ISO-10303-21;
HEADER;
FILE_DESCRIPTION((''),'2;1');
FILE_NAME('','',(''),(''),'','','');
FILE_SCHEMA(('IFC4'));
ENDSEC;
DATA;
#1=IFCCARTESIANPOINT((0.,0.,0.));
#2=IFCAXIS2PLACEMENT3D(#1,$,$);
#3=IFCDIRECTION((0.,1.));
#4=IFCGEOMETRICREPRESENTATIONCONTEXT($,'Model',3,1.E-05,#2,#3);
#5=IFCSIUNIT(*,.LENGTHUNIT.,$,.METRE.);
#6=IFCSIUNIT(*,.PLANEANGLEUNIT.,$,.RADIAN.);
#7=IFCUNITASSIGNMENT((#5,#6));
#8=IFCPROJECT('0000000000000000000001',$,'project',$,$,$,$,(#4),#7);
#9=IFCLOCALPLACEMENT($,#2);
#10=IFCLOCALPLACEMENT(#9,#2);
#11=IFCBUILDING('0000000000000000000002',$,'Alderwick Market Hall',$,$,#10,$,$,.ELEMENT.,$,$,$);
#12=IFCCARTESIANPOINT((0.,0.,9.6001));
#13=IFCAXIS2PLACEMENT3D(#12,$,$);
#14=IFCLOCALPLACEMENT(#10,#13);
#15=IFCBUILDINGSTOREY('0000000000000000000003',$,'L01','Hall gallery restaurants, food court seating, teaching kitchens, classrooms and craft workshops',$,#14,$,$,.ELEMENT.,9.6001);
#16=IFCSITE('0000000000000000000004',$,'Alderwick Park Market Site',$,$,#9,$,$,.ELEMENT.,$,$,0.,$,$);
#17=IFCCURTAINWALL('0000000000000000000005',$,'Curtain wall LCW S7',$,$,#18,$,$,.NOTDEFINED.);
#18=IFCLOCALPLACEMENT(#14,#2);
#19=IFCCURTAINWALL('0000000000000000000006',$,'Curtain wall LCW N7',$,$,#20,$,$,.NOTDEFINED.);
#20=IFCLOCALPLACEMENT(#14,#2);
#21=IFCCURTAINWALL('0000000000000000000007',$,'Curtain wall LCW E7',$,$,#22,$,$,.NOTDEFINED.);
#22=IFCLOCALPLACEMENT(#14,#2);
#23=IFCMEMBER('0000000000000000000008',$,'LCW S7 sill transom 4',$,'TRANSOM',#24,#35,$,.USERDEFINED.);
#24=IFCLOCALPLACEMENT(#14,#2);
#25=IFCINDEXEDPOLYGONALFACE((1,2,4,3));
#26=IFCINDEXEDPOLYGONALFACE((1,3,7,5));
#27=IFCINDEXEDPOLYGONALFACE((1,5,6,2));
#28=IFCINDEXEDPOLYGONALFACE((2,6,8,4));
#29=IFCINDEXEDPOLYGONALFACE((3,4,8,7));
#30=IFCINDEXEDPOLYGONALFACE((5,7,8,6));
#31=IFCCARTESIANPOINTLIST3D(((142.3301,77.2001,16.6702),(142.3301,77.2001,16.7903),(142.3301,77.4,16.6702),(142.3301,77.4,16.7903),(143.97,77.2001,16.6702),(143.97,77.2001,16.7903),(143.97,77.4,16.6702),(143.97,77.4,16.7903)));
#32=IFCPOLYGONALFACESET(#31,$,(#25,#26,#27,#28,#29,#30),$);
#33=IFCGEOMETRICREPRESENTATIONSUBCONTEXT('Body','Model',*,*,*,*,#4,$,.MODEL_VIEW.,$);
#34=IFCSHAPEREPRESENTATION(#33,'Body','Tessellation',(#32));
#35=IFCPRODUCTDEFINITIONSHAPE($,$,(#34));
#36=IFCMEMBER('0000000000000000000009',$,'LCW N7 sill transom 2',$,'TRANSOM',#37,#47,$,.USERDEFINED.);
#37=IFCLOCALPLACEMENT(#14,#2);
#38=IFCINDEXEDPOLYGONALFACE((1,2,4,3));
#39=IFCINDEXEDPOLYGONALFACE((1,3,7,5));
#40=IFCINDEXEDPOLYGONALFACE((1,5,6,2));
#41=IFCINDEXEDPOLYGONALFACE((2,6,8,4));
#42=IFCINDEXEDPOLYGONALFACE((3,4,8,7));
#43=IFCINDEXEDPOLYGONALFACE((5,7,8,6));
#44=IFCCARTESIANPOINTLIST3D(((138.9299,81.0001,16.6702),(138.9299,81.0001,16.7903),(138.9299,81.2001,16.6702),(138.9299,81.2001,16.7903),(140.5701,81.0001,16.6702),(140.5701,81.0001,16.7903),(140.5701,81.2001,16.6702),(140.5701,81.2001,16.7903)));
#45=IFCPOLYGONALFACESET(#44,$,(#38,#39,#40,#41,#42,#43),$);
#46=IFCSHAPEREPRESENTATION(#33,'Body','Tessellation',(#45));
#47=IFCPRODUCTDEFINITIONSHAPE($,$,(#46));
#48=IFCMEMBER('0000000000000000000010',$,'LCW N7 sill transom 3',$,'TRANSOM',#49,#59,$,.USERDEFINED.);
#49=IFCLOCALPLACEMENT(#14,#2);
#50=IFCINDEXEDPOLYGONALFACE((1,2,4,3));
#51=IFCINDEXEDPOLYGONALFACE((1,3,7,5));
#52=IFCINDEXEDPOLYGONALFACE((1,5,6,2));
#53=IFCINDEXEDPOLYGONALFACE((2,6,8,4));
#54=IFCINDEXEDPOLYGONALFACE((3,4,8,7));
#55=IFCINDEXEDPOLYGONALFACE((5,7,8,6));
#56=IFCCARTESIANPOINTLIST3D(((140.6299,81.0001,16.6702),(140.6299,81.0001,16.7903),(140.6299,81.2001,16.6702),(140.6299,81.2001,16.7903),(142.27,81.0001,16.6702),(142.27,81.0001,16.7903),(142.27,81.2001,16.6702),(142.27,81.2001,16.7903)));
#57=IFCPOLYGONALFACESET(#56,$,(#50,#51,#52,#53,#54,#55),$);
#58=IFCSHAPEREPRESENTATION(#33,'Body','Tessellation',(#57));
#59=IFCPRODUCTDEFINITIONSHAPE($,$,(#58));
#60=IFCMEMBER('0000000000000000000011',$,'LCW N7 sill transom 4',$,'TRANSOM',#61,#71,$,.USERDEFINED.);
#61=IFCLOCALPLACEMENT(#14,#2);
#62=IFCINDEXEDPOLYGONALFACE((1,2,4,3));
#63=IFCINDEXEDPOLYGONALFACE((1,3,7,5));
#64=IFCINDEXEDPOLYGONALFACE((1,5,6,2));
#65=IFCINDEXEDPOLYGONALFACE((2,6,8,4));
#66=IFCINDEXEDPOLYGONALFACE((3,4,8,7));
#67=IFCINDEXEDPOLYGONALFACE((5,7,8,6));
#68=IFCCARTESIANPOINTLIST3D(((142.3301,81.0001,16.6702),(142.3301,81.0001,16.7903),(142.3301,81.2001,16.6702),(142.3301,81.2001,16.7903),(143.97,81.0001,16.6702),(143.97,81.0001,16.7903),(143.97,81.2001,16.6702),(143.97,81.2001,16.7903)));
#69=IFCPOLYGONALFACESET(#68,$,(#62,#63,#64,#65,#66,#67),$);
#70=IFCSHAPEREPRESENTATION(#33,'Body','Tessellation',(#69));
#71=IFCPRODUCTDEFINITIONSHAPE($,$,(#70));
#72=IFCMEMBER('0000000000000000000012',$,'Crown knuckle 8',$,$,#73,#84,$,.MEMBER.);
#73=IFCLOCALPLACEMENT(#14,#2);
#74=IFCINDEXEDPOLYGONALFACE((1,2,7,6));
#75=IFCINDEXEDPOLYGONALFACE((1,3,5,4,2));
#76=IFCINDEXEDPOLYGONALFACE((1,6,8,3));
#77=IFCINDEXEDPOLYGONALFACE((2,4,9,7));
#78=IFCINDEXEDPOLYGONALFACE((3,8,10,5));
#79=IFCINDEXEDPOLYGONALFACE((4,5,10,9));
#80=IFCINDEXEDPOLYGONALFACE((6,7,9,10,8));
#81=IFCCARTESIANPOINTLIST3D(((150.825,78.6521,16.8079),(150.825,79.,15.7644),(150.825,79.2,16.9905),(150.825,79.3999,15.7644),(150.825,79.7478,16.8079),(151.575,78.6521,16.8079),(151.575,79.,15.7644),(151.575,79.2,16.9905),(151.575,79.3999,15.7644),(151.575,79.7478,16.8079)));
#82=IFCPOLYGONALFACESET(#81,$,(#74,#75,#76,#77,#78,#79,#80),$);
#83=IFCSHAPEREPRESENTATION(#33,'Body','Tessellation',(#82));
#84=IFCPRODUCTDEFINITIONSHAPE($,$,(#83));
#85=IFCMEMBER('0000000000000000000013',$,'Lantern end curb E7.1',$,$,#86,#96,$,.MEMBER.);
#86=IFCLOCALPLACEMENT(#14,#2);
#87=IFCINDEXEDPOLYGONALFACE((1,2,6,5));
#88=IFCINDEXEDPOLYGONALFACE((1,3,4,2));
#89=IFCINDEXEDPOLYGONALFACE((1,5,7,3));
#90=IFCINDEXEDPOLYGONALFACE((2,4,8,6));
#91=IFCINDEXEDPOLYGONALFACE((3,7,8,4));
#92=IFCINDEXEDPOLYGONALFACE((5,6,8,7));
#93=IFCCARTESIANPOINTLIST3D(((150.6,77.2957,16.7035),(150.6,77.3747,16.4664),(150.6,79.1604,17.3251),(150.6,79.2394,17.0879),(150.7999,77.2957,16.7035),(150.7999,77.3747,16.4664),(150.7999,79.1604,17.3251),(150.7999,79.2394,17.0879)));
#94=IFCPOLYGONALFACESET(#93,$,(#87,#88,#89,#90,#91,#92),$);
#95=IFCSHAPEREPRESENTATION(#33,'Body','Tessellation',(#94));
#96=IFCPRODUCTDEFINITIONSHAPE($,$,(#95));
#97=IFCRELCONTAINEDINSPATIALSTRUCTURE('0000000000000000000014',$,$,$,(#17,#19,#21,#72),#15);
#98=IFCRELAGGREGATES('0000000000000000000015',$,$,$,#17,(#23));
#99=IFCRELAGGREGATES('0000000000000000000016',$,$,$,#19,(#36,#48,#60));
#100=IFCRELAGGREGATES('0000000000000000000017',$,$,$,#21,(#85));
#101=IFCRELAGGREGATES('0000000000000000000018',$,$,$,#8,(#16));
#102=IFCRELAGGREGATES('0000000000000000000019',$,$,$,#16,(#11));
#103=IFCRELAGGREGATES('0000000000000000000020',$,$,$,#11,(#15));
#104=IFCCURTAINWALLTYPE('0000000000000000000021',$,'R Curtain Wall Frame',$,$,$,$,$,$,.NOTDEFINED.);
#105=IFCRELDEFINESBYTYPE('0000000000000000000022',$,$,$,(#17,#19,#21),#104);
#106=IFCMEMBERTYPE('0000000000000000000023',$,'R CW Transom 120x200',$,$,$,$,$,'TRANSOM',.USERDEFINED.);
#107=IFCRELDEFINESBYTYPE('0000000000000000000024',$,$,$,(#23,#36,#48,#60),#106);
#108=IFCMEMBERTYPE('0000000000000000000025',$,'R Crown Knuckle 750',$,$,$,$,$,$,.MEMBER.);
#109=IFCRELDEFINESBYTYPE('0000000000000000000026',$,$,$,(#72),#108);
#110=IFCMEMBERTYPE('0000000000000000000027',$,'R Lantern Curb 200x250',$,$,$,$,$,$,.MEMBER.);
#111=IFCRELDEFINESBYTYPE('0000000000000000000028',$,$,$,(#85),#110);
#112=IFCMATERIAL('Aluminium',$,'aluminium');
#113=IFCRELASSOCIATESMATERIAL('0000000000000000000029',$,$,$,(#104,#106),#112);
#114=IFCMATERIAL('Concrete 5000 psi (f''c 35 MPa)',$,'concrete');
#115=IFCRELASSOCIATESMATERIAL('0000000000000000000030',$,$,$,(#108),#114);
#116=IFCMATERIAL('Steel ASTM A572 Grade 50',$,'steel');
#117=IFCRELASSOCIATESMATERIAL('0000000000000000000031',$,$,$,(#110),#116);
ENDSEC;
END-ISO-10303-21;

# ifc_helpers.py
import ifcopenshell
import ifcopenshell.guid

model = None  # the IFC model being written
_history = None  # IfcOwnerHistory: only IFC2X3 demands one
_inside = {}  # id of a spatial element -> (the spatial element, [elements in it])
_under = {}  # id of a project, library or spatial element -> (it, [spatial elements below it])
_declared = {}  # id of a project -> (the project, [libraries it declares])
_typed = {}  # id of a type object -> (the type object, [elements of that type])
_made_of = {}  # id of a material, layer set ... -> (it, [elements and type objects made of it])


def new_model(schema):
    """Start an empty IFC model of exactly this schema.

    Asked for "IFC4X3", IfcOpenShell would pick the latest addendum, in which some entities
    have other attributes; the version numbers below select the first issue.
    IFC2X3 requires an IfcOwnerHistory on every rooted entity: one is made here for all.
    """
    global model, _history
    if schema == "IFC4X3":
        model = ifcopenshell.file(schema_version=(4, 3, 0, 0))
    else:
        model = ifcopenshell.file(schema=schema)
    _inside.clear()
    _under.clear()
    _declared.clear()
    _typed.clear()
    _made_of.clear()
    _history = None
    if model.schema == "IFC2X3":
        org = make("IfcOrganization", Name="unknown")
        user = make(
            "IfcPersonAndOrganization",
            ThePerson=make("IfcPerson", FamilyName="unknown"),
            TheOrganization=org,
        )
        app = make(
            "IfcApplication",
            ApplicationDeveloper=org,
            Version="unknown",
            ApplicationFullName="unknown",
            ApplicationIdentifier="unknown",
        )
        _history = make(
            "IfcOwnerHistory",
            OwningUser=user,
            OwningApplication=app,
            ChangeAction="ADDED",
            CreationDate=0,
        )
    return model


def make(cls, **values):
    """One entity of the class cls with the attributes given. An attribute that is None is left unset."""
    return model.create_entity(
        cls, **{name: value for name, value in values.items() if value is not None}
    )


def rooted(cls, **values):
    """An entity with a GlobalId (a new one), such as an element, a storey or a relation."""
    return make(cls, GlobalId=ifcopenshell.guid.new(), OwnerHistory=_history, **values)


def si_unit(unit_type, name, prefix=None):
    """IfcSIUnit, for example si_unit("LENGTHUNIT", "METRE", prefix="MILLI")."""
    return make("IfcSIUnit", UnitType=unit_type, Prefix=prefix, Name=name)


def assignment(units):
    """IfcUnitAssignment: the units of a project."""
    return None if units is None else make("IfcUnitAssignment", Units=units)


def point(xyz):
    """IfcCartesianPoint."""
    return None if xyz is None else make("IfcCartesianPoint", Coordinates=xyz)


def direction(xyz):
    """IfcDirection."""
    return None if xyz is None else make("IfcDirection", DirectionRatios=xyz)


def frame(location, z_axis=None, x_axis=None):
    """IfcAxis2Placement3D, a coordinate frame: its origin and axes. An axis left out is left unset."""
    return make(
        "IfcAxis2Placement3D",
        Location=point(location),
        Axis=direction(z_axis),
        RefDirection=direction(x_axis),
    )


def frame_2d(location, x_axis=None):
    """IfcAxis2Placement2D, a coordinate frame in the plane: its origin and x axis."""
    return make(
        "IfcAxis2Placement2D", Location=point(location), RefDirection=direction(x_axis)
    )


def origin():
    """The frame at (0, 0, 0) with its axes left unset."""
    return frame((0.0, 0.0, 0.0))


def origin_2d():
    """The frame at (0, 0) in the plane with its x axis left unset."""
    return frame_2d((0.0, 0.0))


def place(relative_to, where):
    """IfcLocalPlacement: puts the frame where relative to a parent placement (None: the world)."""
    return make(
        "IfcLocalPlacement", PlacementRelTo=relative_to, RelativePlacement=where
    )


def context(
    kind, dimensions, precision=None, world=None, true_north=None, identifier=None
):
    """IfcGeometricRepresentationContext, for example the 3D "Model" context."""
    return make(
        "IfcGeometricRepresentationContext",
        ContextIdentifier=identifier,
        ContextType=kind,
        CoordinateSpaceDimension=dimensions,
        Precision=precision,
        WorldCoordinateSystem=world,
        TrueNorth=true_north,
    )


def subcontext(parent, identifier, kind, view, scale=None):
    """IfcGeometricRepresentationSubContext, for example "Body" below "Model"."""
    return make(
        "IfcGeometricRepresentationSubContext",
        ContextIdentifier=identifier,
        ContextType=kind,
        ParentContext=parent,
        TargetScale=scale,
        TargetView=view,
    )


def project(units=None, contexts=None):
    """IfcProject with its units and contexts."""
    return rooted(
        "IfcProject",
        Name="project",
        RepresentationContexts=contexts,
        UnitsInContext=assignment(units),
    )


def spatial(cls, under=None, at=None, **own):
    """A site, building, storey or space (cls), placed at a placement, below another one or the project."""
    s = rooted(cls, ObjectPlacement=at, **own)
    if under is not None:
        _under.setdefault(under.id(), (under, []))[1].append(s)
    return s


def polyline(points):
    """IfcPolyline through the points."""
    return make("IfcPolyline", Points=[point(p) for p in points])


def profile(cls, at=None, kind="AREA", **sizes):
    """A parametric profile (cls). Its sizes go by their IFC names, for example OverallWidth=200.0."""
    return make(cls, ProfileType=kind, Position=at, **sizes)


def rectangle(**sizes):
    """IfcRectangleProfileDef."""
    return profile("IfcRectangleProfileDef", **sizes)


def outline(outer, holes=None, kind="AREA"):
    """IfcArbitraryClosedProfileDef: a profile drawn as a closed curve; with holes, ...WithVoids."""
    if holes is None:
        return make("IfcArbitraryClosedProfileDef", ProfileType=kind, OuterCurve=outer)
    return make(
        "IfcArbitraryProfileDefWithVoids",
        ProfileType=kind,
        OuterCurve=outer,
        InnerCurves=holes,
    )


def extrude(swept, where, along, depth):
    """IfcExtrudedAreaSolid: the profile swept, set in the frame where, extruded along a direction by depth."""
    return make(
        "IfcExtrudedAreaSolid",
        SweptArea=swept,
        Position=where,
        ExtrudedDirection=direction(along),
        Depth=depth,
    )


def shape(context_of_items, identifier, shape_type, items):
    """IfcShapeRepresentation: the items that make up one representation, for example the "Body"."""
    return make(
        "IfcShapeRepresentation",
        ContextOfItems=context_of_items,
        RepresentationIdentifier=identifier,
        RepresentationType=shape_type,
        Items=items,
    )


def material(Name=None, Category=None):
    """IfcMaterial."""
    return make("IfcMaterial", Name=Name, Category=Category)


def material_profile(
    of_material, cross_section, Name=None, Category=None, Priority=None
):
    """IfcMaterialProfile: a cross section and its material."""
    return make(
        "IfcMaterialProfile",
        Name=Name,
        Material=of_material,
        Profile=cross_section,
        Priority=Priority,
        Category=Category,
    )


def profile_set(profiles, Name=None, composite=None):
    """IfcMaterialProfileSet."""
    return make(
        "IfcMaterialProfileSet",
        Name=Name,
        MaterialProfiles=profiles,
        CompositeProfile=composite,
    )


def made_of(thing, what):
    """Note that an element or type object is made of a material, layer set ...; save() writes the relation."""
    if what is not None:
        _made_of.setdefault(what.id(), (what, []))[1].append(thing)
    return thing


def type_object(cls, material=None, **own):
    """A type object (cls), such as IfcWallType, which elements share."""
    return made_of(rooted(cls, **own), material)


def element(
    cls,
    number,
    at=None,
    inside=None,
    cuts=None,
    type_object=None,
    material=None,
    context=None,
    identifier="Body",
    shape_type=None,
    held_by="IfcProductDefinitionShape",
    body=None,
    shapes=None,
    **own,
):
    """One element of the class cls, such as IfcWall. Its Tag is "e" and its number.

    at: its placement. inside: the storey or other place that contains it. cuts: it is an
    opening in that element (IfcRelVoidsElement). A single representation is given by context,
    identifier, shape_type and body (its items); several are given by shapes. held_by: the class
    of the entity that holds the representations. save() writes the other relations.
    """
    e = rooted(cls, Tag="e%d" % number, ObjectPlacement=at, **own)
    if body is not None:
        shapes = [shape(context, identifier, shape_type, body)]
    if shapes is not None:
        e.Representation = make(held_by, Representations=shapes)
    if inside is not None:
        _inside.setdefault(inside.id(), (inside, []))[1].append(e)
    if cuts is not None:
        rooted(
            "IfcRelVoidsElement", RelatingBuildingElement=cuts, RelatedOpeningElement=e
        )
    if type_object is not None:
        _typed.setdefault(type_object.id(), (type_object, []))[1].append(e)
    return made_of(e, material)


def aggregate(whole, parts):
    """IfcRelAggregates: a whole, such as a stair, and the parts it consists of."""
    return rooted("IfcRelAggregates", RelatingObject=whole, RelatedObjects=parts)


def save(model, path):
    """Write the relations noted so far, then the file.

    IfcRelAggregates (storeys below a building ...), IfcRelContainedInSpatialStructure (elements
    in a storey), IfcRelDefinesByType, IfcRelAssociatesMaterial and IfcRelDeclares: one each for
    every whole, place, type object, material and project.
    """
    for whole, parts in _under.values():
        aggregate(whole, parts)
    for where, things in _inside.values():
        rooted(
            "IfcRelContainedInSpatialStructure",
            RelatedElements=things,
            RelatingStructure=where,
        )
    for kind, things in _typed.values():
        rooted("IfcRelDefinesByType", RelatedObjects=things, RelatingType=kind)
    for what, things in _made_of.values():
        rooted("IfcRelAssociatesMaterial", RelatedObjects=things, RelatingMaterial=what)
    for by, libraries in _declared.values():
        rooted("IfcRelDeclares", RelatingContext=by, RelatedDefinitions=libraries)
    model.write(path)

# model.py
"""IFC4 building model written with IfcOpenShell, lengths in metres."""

from ifc_helpers import new_model, si_unit, direction, frame, origin, origin_2d, place, context, subcontext, project, spatial, polyline, rectangle, outline, extrude, material, material_profile, profile_set, type_object, element, aggregate, save


model = new_model("IFC4")

# Units and contexts
model_context = context("Model", 3, precision=1e-05, world=origin(), true_north=direction((0.0, 1.0)))
body_context = subcontext(model_context, "Body", "Model", "MODEL_VIEW")
ifc_project = project(units=[si_unit("LENGTHUNIT", "METRE"), si_unit("PLANEANGLEUNIT", "RADIAN")], contexts=[model_context])

# Site, building, storey
site_placement = place(None, origin())
site = spatial("IfcSite", under=ifc_project, at=site_placement, Name="Alderwick Park Market Site", CompositionType="ELEMENT", RefElevation=0.0)
building_placement = place(site_placement, origin())
building = spatial("IfcBuilding", under=site, at=building_placement, Name="Alderwick Market Hall", CompositionType="ELEMENT")
storey_placement = place(building_placement, frame((0.0, 0.0, 9.6001)))
storey = spatial("IfcBuildingStorey", under=building, at=storey_placement, Name="L01", Description="Hall gallery restaurants, food court seating, teaching kitchens, classrooms and craft workshops", CompositionType="ELEMENT", Elevation=9.6001)

# Shared definitions
ifc_material_1 = material(Name="Concrete 5000 psi (f'c 35 MPa)", Category="concrete")

# Curtain walls
ifc_material_2 = material(Name="Aluminium", Category="aluminium")
curtain_wall_type = type_object("IfcCurtainWallType", Name="R Curtain Wall Frame", PredefinedType="NOTDEFINED", material=ifc_material_2)
curtain_wall_1_placement = place(storey_placement, origin())
curtain_wall_1 = element("IfcCurtainWall", 1, at=curtain_wall_1_placement, inside=storey, type_object=curtain_wall_type, Name="Curtain wall LCW S7", PredefinedType="NOTDEFINED")
curtain_wall_2_placement = place(storey_placement, origin())
curtain_wall_2 = element("IfcCurtainWall", 2, at=curtain_wall_2_placement, inside=storey, type_object=curtain_wall_type, Name="Curtain wall LCW N7", PredefinedType="NOTDEFINED")
curtain_wall_3_placement = place(storey_placement, origin())
curtain_wall_3 = element("IfcCurtainWall", 3, at=curtain_wall_3_placement, inside=storey, type_object=curtain_wall_type, Name="Curtain wall LCW E7", PredefinedType="NOTDEFINED")

# Members
ifc_material_profile_1 = material_profile(ifc_material_2, rectangle(XDim=0.2, YDim=0.1201, at=origin_2d()), Name="AL 120x200")
ifc_profile_set_1 = profile_set([ifc_material_profile_1], Name="Aluminium")
member_type_1 = type_object("IfcMemberType", Name="R CW Transom 120x200", ElementType="TRANSOM", PredefinedType="USERDEFINED", material=ifc_profile_set_1)
member_1_placement = place(storey_placement, frame((142.3301, 77.3, 16.7302), z_axis=(1.0, 0.0, 0.0), x_axis=(0.0, 1.0, 0.0)))
member_1 = element("IfcMember", 4, at=member_1_placement, type_object=member_type_1, Name="LCW S7 sill transom 4", ObjectType="TRANSOM", PredefinedType="USERDEFINED", context=body_context, shape_type="SweptSolid", body=[
    extrude(rectangle(XDim=0.2, YDim=0.1201, at=origin_2d()), origin(), (0.0, 0.0, 1.0), 1.6399),
])
aggregate(curtain_wall_1, [member_1])
member_2_placement = place(storey_placement, frame((138.9299, 81.1001, 16.7302), z_axis=(1.0, 0.0, 0.0), x_axis=(0.0, 1.0, 0.0)))
member_2 = element("IfcMember", 5, at=member_2_placement, type_object=member_type_1, Name="LCW N7 sill transom 2", ObjectType="TRANSOM", PredefinedType="USERDEFINED", context=body_context, shape_type="SweptSolid", body=[
    extrude(rectangle(XDim=0.2, YDim=0.1201, at=origin_2d()), origin(), (0.0, 0.0, 1.0), 1.6401),
])
member_3_placement = place(storey_placement, frame((140.6299, 81.1001, 16.7302), z_axis=(1.0, 0.0, 0.0), x_axis=(0.0, 1.0, 0.0)))
member_3 = element("IfcMember", 6, at=member_3_placement, type_object=member_type_1, Name="LCW N7 sill transom 3", ObjectType="TRANSOM", PredefinedType="USERDEFINED", context=body_context, shape_type="SweptSolid", body=[
    extrude(rectangle(XDim=0.2, YDim=0.1201, at=origin_2d()), origin(), (0.0, 0.0, 1.0), 1.6401),
])
member_4_placement = place(storey_placement, frame((142.3301, 81.1001, 16.7302), z_axis=(1.0, 0.0, 0.0), x_axis=(0.0, 1.0, 0.0)))
member_4 = element("IfcMember", 7, at=member_4_placement, type_object=member_type_1, Name="LCW N7 sill transom 4", ObjectType="TRANSOM", PredefinedType="USERDEFINED", context=body_context, shape_type="SweptSolid", body=[
    extrude(rectangle(XDim=0.2, YDim=0.1201, at=origin_2d()), origin(), (0.0, 0.0, 1.0), 1.6399),
])
aggregate(curtain_wall_2, [member_2, member_3, member_4])
ifc_material_profile_2 = material_profile(ifc_material_1, outline(polyline([(-0.2, 0.0), (-0.5479, 1.0435), (0.0, 1.2261), (0.5479, 1.0435), (0.2, 0.0), (-0.2, 0.0)])), Name="RC crown knuckle")
ifc_profile_set_2 = profile_set([ifc_material_profile_2], Name="Concrete 5000 psi (f'c 35 MPa)")
member_type_2 = type_object("IfcMemberType", Name="R Crown Knuckle 750", PredefinedType="MEMBER", material=ifc_profile_set_2)
member_5_placement = place(storey_placement, frame((150.825, 79.2, 15.7644), z_axis=(1.0, 0.0, 0.0), x_axis=(0.0, 1.0, 0.0)))
element("IfcMember", 8, at=member_5_placement, inside=storey, type_object=member_type_2, Name="Crown knuckle 8", PredefinedType="MEMBER", context=body_context, shape_type="SweptSolid", body=[
    extrude(outline(polyline([(-0.2, 0.0), (-0.5479, 1.0435), (0.0, 1.2261), (0.5479, 1.0435), (0.2, 0.0), (-0.2, 0.0)])), origin(), (0.0, 0.0, 1.0), 0.75),
])
ifc_material_3 = material(Name="Steel ASTM A572 Grade 50", Category="steel")
ifc_material_profile_3 = material_profile(ifc_material_3, rectangle(XDim=0.2, YDim=0.25, at=origin_2d()), Name="Steel plate curb 200x250")
ifc_profile_set_3 = profile_set([ifc_material_profile_3], Name="Steel ASTM A572 Grade 50")
member_type_3 = type_object("IfcMemberType", Name="R Lantern Curb 200x250", PredefinedType="MEMBER", material=ifc_profile_set_3)
member_6_placement = place(storey_placement, frame((150.7, 77.3352, 16.585), z_axis=(0.0, 0.948683, 0.316228), x_axis=(-1.0, 0.0, 0.0)))
member_6 = element("IfcMember", 9, at=member_6_placement, type_object=member_type_3, Name="Lantern end curb E7.1", PredefinedType="MEMBER", context=body_context, shape_type="SweptSolid", body=[
    extrude(rectangle(XDim=0.2, YDim=0.25, at=origin_2d()), origin(), (0.0, 0.0, 1.0), 1.9656),
])
aggregate(curtain_wall_3, [member_6])

save(model, "model.ifc")
